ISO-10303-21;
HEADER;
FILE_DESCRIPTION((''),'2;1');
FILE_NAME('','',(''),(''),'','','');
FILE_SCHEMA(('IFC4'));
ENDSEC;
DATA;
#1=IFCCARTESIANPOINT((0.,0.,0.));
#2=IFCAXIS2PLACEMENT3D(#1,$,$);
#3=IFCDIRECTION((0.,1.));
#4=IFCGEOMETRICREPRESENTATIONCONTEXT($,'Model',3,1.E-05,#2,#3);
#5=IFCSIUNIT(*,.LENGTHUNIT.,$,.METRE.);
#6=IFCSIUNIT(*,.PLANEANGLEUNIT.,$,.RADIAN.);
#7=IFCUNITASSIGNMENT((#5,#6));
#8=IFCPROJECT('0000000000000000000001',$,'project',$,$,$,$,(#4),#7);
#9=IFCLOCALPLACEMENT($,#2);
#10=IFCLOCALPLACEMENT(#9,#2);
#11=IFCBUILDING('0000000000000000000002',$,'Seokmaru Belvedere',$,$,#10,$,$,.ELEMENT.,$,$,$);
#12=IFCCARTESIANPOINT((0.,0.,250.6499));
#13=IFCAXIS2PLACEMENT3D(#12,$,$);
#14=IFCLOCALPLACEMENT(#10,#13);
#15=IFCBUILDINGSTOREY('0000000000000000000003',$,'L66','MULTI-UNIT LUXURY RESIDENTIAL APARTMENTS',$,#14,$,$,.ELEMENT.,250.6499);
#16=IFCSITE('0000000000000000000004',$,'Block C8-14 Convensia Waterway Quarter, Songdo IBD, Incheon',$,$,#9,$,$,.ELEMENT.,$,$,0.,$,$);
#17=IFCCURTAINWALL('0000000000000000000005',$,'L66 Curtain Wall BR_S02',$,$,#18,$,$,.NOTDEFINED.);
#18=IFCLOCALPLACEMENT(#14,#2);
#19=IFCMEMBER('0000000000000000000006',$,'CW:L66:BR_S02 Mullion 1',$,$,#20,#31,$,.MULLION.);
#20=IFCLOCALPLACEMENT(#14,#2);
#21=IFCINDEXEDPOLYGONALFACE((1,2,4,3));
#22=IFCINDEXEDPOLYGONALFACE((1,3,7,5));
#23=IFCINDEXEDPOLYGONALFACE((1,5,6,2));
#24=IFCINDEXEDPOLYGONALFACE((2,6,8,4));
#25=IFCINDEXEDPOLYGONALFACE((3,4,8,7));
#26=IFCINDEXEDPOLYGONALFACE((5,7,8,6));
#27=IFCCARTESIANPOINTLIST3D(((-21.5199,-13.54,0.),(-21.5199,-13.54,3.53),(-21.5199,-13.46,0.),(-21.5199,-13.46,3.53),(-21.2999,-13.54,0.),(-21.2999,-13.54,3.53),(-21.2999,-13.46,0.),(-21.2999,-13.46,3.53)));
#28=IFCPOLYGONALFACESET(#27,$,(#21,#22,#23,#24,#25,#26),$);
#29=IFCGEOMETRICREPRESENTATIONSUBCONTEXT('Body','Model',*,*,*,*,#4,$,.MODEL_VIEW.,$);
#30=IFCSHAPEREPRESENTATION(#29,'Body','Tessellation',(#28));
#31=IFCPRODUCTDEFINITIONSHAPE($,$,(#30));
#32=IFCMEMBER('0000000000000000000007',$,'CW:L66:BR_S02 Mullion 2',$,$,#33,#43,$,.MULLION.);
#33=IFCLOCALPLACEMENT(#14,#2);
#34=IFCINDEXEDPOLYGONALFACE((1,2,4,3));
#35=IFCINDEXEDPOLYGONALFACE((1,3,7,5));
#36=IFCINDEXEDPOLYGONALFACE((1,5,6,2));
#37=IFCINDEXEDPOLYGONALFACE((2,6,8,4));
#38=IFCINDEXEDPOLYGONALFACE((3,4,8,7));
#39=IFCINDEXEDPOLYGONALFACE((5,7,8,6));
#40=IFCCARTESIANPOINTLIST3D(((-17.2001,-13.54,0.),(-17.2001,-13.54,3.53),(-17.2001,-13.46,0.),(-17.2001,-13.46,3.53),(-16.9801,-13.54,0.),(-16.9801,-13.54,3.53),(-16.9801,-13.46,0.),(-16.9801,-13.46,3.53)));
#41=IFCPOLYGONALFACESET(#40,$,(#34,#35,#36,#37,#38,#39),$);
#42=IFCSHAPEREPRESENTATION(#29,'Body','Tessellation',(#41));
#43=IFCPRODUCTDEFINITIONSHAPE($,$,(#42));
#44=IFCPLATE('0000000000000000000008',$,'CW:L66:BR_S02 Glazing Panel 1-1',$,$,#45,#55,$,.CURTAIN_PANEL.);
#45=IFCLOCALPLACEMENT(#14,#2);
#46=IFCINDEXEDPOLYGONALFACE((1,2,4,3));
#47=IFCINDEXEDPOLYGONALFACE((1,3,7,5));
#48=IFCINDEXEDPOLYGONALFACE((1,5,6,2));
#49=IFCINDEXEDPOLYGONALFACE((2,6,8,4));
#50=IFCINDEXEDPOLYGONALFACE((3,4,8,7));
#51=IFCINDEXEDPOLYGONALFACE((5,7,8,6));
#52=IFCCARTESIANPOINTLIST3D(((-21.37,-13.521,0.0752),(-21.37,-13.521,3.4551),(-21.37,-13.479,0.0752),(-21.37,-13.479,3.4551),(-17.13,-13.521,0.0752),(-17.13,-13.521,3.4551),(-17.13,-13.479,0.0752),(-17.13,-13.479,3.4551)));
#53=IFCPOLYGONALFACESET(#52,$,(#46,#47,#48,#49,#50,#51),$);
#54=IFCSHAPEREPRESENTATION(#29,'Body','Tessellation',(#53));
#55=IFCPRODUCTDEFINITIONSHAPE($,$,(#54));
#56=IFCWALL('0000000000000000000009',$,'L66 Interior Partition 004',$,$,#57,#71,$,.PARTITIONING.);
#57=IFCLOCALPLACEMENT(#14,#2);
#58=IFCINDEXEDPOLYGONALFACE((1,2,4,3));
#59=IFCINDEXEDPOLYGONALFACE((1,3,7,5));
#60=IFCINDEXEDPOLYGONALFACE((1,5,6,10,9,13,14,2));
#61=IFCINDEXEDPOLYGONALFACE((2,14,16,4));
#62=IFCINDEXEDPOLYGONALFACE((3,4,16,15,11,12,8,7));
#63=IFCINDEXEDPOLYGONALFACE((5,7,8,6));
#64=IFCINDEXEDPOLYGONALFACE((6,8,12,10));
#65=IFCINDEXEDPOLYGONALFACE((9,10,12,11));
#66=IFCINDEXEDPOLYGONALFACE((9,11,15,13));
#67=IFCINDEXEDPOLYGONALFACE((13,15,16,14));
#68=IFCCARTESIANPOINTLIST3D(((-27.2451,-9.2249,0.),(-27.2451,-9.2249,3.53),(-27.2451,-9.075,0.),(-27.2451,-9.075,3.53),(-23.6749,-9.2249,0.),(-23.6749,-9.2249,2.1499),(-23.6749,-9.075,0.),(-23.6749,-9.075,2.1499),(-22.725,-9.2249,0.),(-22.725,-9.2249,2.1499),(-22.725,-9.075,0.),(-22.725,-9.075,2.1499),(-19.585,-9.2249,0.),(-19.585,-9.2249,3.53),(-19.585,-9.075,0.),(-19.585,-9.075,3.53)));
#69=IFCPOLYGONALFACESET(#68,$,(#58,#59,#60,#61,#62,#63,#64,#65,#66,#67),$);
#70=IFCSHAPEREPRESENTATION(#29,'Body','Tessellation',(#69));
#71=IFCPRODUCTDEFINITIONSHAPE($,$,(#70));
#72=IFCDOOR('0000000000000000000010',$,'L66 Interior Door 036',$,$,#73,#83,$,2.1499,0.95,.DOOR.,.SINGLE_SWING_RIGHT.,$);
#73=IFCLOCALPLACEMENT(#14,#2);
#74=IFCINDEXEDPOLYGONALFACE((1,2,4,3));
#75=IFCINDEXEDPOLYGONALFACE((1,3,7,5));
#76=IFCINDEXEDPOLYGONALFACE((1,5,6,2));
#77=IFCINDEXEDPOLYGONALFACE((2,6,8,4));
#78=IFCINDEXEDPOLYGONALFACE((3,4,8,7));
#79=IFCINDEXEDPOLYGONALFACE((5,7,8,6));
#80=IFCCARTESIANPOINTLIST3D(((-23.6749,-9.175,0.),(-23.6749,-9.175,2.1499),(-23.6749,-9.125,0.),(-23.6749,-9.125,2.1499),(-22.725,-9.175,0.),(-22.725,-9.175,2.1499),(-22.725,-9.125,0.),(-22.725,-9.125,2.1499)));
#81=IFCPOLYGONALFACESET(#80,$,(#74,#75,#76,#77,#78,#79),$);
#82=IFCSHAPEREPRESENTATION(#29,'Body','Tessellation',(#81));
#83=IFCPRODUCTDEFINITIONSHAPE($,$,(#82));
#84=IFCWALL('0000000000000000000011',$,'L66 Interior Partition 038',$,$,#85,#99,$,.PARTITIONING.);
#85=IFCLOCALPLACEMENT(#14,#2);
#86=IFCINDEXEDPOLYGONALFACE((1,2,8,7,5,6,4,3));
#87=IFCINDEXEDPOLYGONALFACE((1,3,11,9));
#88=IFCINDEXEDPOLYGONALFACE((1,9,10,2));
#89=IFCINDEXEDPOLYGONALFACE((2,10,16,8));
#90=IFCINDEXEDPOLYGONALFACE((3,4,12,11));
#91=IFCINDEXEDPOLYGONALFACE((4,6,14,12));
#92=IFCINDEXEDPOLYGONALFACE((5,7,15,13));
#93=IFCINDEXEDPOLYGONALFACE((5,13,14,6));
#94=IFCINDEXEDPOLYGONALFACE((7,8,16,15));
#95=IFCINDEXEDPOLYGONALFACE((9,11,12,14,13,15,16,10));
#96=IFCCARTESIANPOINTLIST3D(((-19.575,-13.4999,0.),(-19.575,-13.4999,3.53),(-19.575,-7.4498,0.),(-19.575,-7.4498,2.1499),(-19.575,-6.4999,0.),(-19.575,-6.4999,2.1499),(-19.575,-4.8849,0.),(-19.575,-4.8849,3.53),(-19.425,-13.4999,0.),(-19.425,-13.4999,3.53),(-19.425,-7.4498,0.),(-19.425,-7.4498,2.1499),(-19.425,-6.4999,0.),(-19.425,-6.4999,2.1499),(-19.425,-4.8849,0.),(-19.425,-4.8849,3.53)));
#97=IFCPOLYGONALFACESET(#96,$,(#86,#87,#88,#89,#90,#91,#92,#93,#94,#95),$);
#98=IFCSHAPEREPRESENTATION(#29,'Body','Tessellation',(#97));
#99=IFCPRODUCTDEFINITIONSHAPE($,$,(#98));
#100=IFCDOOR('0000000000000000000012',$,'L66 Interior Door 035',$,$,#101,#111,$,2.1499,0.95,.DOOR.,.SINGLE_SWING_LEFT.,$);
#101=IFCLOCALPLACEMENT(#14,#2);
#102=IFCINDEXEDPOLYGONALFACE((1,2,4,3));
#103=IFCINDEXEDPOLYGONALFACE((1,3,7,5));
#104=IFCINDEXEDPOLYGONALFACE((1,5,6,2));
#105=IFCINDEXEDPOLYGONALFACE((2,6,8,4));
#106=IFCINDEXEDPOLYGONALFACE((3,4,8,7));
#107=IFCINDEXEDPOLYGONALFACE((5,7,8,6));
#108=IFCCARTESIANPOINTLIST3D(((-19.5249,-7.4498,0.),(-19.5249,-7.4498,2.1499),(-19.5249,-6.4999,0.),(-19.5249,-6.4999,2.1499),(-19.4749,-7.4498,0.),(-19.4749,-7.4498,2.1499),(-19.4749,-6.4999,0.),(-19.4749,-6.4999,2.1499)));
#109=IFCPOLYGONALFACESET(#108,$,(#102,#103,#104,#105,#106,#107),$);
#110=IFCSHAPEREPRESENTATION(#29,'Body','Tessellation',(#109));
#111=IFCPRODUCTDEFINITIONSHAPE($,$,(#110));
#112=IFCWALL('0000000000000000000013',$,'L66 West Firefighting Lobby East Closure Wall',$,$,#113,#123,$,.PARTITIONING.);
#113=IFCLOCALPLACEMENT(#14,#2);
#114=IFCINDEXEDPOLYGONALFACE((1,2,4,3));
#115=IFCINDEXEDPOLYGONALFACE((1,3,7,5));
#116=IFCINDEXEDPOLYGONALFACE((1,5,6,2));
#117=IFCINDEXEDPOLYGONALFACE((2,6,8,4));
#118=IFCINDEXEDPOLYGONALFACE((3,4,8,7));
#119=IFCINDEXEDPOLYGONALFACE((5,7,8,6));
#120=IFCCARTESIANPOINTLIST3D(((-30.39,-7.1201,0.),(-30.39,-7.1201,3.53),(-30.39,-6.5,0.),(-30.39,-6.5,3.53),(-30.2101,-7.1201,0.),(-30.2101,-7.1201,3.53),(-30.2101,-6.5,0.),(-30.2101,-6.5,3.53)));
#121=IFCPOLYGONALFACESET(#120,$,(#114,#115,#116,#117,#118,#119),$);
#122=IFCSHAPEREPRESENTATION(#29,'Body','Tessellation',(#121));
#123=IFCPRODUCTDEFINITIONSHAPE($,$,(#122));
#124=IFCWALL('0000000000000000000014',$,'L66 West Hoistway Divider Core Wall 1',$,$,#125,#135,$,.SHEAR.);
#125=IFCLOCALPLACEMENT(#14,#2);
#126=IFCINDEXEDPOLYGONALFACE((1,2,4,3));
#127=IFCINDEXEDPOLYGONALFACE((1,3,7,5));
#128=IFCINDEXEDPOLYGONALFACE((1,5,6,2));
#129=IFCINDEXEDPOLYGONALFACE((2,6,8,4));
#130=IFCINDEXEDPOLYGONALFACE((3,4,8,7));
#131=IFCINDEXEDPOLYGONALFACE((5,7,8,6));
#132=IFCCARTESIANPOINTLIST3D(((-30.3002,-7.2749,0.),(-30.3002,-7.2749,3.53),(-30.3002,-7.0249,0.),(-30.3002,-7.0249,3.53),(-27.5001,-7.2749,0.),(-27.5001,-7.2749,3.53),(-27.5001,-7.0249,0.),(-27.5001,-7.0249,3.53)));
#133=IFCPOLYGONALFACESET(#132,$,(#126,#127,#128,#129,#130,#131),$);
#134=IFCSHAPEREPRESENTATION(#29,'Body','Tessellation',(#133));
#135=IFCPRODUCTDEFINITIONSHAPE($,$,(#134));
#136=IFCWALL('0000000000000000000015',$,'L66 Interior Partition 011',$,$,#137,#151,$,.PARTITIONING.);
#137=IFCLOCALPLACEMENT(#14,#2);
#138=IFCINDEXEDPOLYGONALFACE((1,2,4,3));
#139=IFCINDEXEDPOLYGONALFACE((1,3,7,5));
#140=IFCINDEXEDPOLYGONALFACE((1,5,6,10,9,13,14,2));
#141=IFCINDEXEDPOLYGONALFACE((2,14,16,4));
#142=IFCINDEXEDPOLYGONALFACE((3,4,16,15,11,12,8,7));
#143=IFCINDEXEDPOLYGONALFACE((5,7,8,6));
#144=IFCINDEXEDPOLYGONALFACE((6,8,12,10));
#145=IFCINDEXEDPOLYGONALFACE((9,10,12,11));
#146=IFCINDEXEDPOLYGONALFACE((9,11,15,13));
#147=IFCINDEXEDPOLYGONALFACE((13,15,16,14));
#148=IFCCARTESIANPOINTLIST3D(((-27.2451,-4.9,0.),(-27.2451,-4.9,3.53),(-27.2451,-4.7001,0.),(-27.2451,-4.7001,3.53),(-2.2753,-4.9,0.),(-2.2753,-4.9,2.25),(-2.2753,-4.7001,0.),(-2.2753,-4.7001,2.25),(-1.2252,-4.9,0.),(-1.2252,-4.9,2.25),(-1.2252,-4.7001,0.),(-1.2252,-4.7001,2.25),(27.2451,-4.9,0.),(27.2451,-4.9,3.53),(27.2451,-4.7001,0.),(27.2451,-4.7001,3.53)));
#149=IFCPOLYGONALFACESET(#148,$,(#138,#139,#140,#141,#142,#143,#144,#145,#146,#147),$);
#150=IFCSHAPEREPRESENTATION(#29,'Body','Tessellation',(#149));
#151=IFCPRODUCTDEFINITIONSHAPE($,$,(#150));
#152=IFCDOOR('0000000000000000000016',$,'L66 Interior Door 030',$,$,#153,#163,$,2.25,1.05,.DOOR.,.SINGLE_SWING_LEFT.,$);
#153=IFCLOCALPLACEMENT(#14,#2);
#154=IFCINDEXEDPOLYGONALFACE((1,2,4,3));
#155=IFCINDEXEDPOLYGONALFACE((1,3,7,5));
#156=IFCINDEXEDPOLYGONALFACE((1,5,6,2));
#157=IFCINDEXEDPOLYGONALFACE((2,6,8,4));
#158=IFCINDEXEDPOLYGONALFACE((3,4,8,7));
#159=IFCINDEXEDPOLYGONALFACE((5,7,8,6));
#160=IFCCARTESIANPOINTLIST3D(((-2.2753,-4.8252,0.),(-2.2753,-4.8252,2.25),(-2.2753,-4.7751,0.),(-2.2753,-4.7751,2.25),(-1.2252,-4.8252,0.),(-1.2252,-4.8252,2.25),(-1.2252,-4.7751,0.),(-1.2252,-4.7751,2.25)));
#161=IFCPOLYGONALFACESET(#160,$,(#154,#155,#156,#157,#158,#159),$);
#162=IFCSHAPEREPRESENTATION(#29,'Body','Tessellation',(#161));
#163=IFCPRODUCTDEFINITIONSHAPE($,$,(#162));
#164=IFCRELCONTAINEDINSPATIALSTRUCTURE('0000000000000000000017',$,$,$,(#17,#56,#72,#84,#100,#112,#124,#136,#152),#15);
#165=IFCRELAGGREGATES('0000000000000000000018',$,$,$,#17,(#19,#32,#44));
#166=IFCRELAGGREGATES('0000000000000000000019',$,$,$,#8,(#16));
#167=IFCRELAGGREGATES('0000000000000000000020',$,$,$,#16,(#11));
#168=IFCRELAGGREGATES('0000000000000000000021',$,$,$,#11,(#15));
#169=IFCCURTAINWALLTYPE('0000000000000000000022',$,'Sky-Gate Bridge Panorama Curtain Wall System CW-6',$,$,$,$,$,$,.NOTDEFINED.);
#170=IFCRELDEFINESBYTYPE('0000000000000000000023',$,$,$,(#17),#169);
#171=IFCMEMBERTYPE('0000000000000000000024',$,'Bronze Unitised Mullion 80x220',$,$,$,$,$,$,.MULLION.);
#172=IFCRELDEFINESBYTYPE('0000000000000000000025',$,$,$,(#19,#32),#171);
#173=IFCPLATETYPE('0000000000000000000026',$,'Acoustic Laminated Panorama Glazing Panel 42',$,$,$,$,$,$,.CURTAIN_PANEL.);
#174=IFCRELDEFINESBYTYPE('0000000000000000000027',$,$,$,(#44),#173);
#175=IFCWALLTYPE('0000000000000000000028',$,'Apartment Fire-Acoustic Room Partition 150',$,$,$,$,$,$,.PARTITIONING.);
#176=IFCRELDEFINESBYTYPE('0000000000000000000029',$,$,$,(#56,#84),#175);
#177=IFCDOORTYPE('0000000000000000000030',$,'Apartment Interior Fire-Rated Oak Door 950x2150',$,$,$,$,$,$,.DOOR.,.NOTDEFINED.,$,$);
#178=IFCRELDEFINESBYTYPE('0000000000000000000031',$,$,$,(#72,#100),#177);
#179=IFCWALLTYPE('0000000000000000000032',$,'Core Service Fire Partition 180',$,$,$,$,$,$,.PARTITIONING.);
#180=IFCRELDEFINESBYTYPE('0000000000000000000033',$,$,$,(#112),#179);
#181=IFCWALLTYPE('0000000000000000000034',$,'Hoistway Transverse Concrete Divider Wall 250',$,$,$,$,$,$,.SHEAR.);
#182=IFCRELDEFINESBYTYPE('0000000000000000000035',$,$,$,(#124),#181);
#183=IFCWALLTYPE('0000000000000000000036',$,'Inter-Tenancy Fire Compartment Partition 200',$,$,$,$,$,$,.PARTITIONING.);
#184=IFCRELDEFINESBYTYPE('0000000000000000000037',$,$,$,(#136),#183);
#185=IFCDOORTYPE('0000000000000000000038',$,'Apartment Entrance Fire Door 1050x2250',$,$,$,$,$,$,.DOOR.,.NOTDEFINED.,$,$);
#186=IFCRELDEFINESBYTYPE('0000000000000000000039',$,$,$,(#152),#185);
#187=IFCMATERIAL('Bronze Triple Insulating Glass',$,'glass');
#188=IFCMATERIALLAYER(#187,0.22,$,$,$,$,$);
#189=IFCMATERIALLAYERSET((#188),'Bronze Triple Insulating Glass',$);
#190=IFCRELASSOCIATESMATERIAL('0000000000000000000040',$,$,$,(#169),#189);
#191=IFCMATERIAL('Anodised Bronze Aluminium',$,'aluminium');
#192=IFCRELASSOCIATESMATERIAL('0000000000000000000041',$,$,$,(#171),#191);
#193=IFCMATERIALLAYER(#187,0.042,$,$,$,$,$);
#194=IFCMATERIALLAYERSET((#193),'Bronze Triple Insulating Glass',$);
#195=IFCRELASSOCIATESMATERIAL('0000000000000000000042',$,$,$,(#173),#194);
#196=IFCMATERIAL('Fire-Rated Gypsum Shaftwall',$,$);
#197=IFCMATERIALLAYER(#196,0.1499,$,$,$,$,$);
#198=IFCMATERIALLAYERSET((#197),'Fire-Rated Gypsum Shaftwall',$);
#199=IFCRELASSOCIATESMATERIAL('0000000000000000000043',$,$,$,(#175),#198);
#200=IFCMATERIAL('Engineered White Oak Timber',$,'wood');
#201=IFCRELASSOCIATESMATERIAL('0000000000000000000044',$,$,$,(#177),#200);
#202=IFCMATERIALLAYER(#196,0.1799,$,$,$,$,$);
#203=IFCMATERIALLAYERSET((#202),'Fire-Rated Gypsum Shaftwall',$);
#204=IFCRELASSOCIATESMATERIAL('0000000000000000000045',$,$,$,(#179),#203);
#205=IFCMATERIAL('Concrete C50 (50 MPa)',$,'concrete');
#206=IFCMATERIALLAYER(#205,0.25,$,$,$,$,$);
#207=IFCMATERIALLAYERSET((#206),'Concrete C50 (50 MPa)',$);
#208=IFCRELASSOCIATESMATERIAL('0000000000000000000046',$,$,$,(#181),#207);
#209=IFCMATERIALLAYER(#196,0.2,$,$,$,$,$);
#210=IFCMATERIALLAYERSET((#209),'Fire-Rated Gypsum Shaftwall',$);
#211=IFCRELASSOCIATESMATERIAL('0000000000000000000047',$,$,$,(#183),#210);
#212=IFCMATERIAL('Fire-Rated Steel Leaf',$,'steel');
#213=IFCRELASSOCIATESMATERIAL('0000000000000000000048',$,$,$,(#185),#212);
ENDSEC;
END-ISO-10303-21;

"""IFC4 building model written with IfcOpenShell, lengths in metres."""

from ifc_helpers import new_model, si_unit, direction, frame, frame_2d, origin, origin_2d, place, context, subcontext, project, spatial, rectangle, extrude, source, transform, mapped, material, layer, layer_set, material_profile, profile_set, type_object, type_shapes, element, fill, aggregate, save


model = new_model("IFC4")

# Units and contexts
model_context = context("Model", 3, precision=1e-05, world=origin(), true_north=direction((0.0, 1.0)))
body_context = subcontext(model_context, "Body", "Model", "MODEL_VIEW")
ifc_project = project(units=[si_unit("LENGTHUNIT", "METRE"), si_unit("PLANEANGLEUNIT", "RADIAN")], contexts=[model_context])

# Site, building, storey
site_placement = place(None, origin())
site = spatial("IfcSite", under=ifc_project, at=site_placement, Name="Block C8-14 Convensia Waterway Quarter, Songdo IBD, Incheon", CompositionType="ELEMENT", RefElevation=0.0)
building_placement = place(site_placement, origin())
building = spatial("IfcBuilding", under=site, at=building_placement, Name="Seokmaru Belvedere", CompositionType="ELEMENT")
storey_placement = place(building_placement, frame((0.0, 0.0, 250.6499)))
storey = spatial("IfcBuildingStorey", under=building, at=storey_placement, Name="L66", Description="MULTI-UNIT LUXURY RESIDENTIAL APARTMENTS", CompositionType="ELEMENT", Elevation=250.6499)

# Curtain wall, members, plate
ifc_material_1 = material(Name="Bronze Triple Insulating Glass", Category="glass")
ifc_layer_1 = layer(ifc_material_1, 0.22)
ifc_layer_set_1 = layer_set([ifc_layer_1], Name="Bronze Triple Insulating Glass")
curtain_wall_type = type_object("IfcCurtainWallType", Name="Sky-Gate Bridge Panorama Curtain Wall System CW-6", PredefinedType="NOTDEFINED", material=ifc_layer_set_1)
curtain_wall_placement = place(storey_placement, origin())
curtain_wall = element("IfcCurtainWall", 1, at=curtain_wall_placement, inside=storey, type_object=curtain_wall_type, Name="L66 Curtain Wall BR_S02", PredefinedType="NOTDEFINED")
ifc_material_2 = material(Name="Anodised Bronze Aluminium", Category="aluminium")
ifc_material_profile_1 = material_profile(ifc_material_2, rectangle(XDim=0.0801, YDim=0.22, at=origin_2d()), Name="CW-M-80x220")
ifc_profile_set_1 = profile_set([ifc_material_profile_1], Name="Anodised Bronze Aluminium")
member_type_1 = type_object("IfcMemberType", Name="Bronze Unitised Mullion 80x220", PredefinedType="MULLION", material=ifc_profile_set_1)
shared_shape_1 = source(origin(), body_context, "Body", "SweptSolid", [
    extrude(rectangle(XDim=0.0801, YDim=0.22, at=origin_2d()), origin(), (0.0, 0.0, 1.0), 3.53),
])
type_shapes(member_type_1, [shared_shape_1])
member_1_placement = place(storey_placement, frame((-21.4099, -13.5, 0.0), z_axis=(0.0, 0.0, 1.0), x_axis=(0.0, 1.0, 0.0)))
member_1 = element("IfcMember", 2, at=member_1_placement, type_object=member_type_1, Name="CW:L66:BR_S02 Mullion 1", PredefinedType="MULLION", context=body_context, shape_type="MappedRepresentation", body=[
    mapped(shared_shape_1, transform((0.0, 0.0, 0.0), scale=1.0)),
])
member_2_placement = place(storey_placement, frame((-17.0901, -13.5, 0.0), z_axis=(0.0, 0.0, 1.0), x_axis=(0.0, 1.0, 0.0)))
member_2 = element("IfcMember", 3, at=member_2_placement, type_object=member_type_1, Name="CW:L66:BR_S02 Mullion 2", PredefinedType="MULLION", context=body_context, shape_type="MappedRepresentation", body=[
    mapped(shared_shape_1, transform((0.0, 0.0, 0.0), scale=1.0)),
])
ifc_layer_2 = layer(ifc_material_1, 0.042)
ifc_layer_set_2 = layer_set([ifc_layer_2], Name="Bronze Triple Insulating Glass")
plate_type = type_object("IfcPlateType", Name="Acoustic Laminated Panorama Glazing Panel 42", PredefinedType="CURTAIN_PANEL", material=ifc_layer_set_2)
shared_shape_2 = source(origin(), body_context, "Body", "SweptSolid", [
    extrude(rectangle(XDim=4.24, YDim=0.042, at=origin_2d()), origin(), (0.0, 0.0, 1.0), 3.3799),
])
type_shapes(plate_type, [shared_shape_2])
plate_placement = place(storey_placement, frame((-19.25, -13.5, 0.0752), z_axis=(0.0, 0.0, 1.0), x_axis=(1.0, 0.0, 0.0)))
plate = element("IfcPlate", 4, at=plate_placement, type_object=plate_type, Name="CW:L66:BR_S02 Glazing Panel 1-1", PredefinedType="CURTAIN_PANEL", context=body_context, shape_type="MappedRepresentation", body=[
    mapped(shared_shape_2, transform((0.0, 0.0, 0.0), scale=1.0)),
])
aggregate(curtain_wall, [member_1, member_2, plate])

# Walls, openings, doors
ifc_material_3 = material(Name="Fire-Rated Gypsum Shaftwall")
ifc_layer_3 = layer(ifc_material_3, 0.1499)
ifc_layer_set_3 = layer_set([ifc_layer_3], Name="Fire-Rated Gypsum Shaftwall")
wall_type_1 = type_object("IfcWallType", Name="Apartment Fire-Acoustic Room Partition 150", PredefinedType="PARTITIONING", material=ifc_layer_set_3)
wall_1_placement = place(storey_placement, frame((-27.2451, -9.1499, 0.0), z_axis=(0.0, 0.0, 1.0), x_axis=(1.0, 0.0, 0.0)))
wall_1 = element("IfcWall", 5, at=wall_1_placement, inside=storey, type_object=wall_type_1, Name="L66 Interior Partition 004", PredefinedType="PARTITIONING", context=body_context, shape_type="SweptSolid", body=[
    extrude(rectangle(XDim=7.6602, YDim=0.1499, at=frame_2d((3.8301, 0.0))), origin(), (0.0, 0.0, 1.0), 3.53),
])
opening_1_placement = place(wall_1_placement, frame((3.5701, 0.0, 0.0)))
opening_1 = element("IfcOpeningElement", 6, at=opening_1_placement, cuts=wall_1, PredefinedType="OPENING", context=body_context, shape_type="SweptSolid", body=[
    extrude(rectangle(XDim=0.95, YDim=2.1499, at=frame_2d((0.4751, 1.075))), frame((0.0, 0.085, 0.0), z_axis=(0.0, -1.0, 0.0), x_axis=(1.0, 0.0, 0.0)), (0.0, 0.0, 1.0), 0.1699),
])
ifc_material_4 = material(Name="Engineered White Oak Timber", Category="wood")
door_type_1 = type_object("IfcDoorType", Name="Apartment Interior Fire-Rated Oak Door 950x2150", OperationType="NOTDEFINED", PredefinedType="DOOR", material=ifc_material_4)
shared_shape_3 = source(origin(), body_context, "Body", "SweptSolid", [
    extrude(rectangle(XDim=0.95, YDim=2.1499, at=frame_2d((0.4751, 1.075))), frame((0.0, 0.0249, 0.0), z_axis=(0.0, -1.0, 0.0), x_axis=(1.0, 0.0, 0.0)), (0.0, 0.0, 1.0), 0.05),
])
type_shapes(door_type_1, [shared_shape_3])
door_1_placement = place(opening_1_placement, origin())
door_1 = element("IfcDoor", 7, at=door_1_placement, inside=storey, type_object=door_type_1, Name="L66 Interior Door 036", OperationType="SINGLE_SWING_RIGHT", OverallHeight=2.1499, OverallWidth=0.95, PredefinedType="DOOR", context=body_context, shape_type="MappedRepresentation", body=[
    mapped(shared_shape_3, transform((0.0, 0.0, 0.0), scale=1.0)),
])
fill(opening_1, door_1)
wall_2_placement = place(storey_placement, frame((-19.5, -13.5, 0.0), z_axis=(0.0, 0.0, 1.0), x_axis=(0.0, 1.0, 0.0)))
wall_2 = element("IfcWall", 8, at=wall_2_placement, inside=storey, type_object=wall_type_1, Name="L66 Interior Partition 038", PredefinedType="PARTITIONING", context=body_context, shape_type="SweptSolid", body=[
    extrude(rectangle(XDim=8.615, YDim=0.1499, at=frame_2d((4.3076, 0.0))), origin(), (0.0, 0.0, 1.0), 3.53),
])
opening_2_placement = place(wall_2_placement, frame((6.05, 0.0, 0.0)))
opening_2 = element("IfcOpeningElement", 9, at=opening_2_placement, cuts=wall_2, PredefinedType="OPENING", context=body_context, shape_type="SweptSolid", body=[
    extrude(rectangle(XDim=0.95, YDim=2.1499, at=frame_2d((0.4751, 1.075))), frame((0.0, 0.085, 0.0), z_axis=(0.0, -1.0, 0.0), x_axis=(1.0, 0.0, 0.0)), (0.0, 0.0, 1.0), 0.1699),
])
door_2_placement = place(opening_2_placement, origin())
door_2 = element("IfcDoor", 10, at=door_2_placement, inside=storey, type_object=door_type_1, Name="L66 Interior Door 035", OperationType="SINGLE_SWING_LEFT", OverallHeight=2.1499, OverallWidth=0.95, PredefinedType="DOOR", context=body_context, shape_type="MappedRepresentation", body=[
    mapped(shared_shape_3, transform((0.0, 0.0, 0.0), scale=1.0)),
])
fill(opening_2, door_2)

# Walls
ifc_layer_4 = layer(ifc_material_3, 0.1799)
ifc_layer_set_4 = layer_set([ifc_layer_4], Name="Fire-Rated Gypsum Shaftwall")
wall_type_2 = type_object("IfcWallType", Name="Core Service Fire Partition 180", PredefinedType="PARTITIONING", material=ifc_layer_set_4)
wall_3_placement = place(storey_placement, frame((-30.3, -7.1201, 0.0), z_axis=(0.0, 0.0, 1.0), x_axis=(0.0, 1.0, 0.0)))
element("IfcWall", 11, at=wall_3_placement, inside=storey, type_object=wall_type_2, Name="L66 West Firefighting Lobby East Closure Wall", PredefinedType="PARTITIONING", context=body_context, shape_type="SweptSolid", body=[
    extrude(rectangle(XDim=0.6201, YDim=0.1799, at=frame_2d((0.3101, 0.0))), origin(), (0.0, 0.0, 1.0), 3.53),
])
ifc_material_5 = material(Name="Concrete C50 (50 MPa)", Category="concrete")
ifc_layer_5 = layer(ifc_material_5, 0.25)
ifc_layer_set_5 = layer_set([ifc_layer_5], Name="Concrete C50 (50 MPa)")
wall_type_3 = type_object("IfcWallType", Name="Hoistway Transverse Concrete Divider Wall 250", PredefinedType="SHEAR", material=ifc_layer_set_5)
wall_4_placement = place(storey_placement, frame((-30.3, -7.1499, 0.0), z_axis=(0.0, 0.0, 1.0), x_axis=(1.0, 0.0, 0.0)))
element("IfcWall", 12, at=wall_4_placement, inside=storey, type_object=wall_type_3, Name="L66 West Hoistway Divider Core Wall 1", PredefinedType="SHEAR", context=body_context, shape_type="SweptSolid", body=[
    extrude(rectangle(XDim=2.8, YDim=0.25, at=frame_2d((1.3999, 0.0))), origin(), (0.0, 0.0, 1.0), 3.53),
])

# Wall, opening, door
ifc_layer_6 = layer(ifc_material_3, 0.2)
ifc_layer_set_6 = layer_set([ifc_layer_6], Name="Fire-Rated Gypsum Shaftwall")
wall_type_4 = type_object("IfcWallType", Name="Inter-Tenancy Fire Compartment Partition 200", PredefinedType="PARTITIONING", material=ifc_layer_set_6)
wall_5_placement = place(storey_placement, frame((-27.2451, -4.8, 0.0), z_axis=(0.0, 0.0, 1.0), x_axis=(1.0, 0.0, 0.0)))
wall_5 = element("IfcWall", 13, at=wall_5_placement, inside=storey, type_object=wall_type_4, Name="L66 Interior Partition 011", PredefinedType="PARTITIONING", context=body_context, shape_type="SweptSolid", body=[
    extrude(rectangle(XDim=54.4902, YDim=0.2, at=frame_2d((27.2451, 0.0))), origin(), (0.0, 0.0, 1.0), 3.53),
])
opening_3_placement = place(wall_5_placement, frame((24.97, 0.0, 0.0)))
opening_3 = element("IfcOpeningElement", 14, at=opening_3_placement, cuts=wall_5, PredefinedType="OPENING", context=body_context, shape_type="SweptSolid", body=[
    extrude(rectangle(XDim=1.05, YDim=2.25, at=frame_2d((0.5249, 1.125))), frame((0.0, 0.1099, 0.0), z_axis=(0.0, -1.0, 0.0), x_axis=(1.0, 0.0, 0.0)), (0.0, 0.0, 1.0), 0.22),
])
ifc_material_6 = material(Name="Fire-Rated Steel Leaf", Category="steel")
door_type_2 = type_object("IfcDoorType", Name="Apartment Entrance Fire Door 1050x2250", OperationType="NOTDEFINED", PredefinedType="DOOR", material=ifc_material_6)
shared_shape_4 = source(origin(), body_context, "Body", "SweptSolid", [
    extrude(rectangle(XDim=1.05, YDim=2.25, at=frame_2d((0.5249, 1.125))), frame((0.0, 0.0249, 0.0), z_axis=(0.0, -1.0, 0.0), x_axis=(1.0, 0.0, 0.0)), (0.0, 0.0, 1.0), 0.05),
])
type_shapes(door_type_2, [shared_shape_4])
door_3_placement = place(opening_3_placement, origin())
door_3 = element("IfcDoor", 15, at=door_3_placement, inside=storey, type_object=door_type_2, Name="L66 Interior Door 030", OperationType="SINGLE_SWING_LEFT", OverallHeight=2.25, OverallWidth=1.05, PredefinedType="DOOR", context=body_context, shape_type="MappedRepresentation", body=[
    mapped(shared_shape_4, transform((0.0, 0.0, 0.0), scale=1.0)),
])
fill(opening_3, door_3)

save(model, "model.ifc")
